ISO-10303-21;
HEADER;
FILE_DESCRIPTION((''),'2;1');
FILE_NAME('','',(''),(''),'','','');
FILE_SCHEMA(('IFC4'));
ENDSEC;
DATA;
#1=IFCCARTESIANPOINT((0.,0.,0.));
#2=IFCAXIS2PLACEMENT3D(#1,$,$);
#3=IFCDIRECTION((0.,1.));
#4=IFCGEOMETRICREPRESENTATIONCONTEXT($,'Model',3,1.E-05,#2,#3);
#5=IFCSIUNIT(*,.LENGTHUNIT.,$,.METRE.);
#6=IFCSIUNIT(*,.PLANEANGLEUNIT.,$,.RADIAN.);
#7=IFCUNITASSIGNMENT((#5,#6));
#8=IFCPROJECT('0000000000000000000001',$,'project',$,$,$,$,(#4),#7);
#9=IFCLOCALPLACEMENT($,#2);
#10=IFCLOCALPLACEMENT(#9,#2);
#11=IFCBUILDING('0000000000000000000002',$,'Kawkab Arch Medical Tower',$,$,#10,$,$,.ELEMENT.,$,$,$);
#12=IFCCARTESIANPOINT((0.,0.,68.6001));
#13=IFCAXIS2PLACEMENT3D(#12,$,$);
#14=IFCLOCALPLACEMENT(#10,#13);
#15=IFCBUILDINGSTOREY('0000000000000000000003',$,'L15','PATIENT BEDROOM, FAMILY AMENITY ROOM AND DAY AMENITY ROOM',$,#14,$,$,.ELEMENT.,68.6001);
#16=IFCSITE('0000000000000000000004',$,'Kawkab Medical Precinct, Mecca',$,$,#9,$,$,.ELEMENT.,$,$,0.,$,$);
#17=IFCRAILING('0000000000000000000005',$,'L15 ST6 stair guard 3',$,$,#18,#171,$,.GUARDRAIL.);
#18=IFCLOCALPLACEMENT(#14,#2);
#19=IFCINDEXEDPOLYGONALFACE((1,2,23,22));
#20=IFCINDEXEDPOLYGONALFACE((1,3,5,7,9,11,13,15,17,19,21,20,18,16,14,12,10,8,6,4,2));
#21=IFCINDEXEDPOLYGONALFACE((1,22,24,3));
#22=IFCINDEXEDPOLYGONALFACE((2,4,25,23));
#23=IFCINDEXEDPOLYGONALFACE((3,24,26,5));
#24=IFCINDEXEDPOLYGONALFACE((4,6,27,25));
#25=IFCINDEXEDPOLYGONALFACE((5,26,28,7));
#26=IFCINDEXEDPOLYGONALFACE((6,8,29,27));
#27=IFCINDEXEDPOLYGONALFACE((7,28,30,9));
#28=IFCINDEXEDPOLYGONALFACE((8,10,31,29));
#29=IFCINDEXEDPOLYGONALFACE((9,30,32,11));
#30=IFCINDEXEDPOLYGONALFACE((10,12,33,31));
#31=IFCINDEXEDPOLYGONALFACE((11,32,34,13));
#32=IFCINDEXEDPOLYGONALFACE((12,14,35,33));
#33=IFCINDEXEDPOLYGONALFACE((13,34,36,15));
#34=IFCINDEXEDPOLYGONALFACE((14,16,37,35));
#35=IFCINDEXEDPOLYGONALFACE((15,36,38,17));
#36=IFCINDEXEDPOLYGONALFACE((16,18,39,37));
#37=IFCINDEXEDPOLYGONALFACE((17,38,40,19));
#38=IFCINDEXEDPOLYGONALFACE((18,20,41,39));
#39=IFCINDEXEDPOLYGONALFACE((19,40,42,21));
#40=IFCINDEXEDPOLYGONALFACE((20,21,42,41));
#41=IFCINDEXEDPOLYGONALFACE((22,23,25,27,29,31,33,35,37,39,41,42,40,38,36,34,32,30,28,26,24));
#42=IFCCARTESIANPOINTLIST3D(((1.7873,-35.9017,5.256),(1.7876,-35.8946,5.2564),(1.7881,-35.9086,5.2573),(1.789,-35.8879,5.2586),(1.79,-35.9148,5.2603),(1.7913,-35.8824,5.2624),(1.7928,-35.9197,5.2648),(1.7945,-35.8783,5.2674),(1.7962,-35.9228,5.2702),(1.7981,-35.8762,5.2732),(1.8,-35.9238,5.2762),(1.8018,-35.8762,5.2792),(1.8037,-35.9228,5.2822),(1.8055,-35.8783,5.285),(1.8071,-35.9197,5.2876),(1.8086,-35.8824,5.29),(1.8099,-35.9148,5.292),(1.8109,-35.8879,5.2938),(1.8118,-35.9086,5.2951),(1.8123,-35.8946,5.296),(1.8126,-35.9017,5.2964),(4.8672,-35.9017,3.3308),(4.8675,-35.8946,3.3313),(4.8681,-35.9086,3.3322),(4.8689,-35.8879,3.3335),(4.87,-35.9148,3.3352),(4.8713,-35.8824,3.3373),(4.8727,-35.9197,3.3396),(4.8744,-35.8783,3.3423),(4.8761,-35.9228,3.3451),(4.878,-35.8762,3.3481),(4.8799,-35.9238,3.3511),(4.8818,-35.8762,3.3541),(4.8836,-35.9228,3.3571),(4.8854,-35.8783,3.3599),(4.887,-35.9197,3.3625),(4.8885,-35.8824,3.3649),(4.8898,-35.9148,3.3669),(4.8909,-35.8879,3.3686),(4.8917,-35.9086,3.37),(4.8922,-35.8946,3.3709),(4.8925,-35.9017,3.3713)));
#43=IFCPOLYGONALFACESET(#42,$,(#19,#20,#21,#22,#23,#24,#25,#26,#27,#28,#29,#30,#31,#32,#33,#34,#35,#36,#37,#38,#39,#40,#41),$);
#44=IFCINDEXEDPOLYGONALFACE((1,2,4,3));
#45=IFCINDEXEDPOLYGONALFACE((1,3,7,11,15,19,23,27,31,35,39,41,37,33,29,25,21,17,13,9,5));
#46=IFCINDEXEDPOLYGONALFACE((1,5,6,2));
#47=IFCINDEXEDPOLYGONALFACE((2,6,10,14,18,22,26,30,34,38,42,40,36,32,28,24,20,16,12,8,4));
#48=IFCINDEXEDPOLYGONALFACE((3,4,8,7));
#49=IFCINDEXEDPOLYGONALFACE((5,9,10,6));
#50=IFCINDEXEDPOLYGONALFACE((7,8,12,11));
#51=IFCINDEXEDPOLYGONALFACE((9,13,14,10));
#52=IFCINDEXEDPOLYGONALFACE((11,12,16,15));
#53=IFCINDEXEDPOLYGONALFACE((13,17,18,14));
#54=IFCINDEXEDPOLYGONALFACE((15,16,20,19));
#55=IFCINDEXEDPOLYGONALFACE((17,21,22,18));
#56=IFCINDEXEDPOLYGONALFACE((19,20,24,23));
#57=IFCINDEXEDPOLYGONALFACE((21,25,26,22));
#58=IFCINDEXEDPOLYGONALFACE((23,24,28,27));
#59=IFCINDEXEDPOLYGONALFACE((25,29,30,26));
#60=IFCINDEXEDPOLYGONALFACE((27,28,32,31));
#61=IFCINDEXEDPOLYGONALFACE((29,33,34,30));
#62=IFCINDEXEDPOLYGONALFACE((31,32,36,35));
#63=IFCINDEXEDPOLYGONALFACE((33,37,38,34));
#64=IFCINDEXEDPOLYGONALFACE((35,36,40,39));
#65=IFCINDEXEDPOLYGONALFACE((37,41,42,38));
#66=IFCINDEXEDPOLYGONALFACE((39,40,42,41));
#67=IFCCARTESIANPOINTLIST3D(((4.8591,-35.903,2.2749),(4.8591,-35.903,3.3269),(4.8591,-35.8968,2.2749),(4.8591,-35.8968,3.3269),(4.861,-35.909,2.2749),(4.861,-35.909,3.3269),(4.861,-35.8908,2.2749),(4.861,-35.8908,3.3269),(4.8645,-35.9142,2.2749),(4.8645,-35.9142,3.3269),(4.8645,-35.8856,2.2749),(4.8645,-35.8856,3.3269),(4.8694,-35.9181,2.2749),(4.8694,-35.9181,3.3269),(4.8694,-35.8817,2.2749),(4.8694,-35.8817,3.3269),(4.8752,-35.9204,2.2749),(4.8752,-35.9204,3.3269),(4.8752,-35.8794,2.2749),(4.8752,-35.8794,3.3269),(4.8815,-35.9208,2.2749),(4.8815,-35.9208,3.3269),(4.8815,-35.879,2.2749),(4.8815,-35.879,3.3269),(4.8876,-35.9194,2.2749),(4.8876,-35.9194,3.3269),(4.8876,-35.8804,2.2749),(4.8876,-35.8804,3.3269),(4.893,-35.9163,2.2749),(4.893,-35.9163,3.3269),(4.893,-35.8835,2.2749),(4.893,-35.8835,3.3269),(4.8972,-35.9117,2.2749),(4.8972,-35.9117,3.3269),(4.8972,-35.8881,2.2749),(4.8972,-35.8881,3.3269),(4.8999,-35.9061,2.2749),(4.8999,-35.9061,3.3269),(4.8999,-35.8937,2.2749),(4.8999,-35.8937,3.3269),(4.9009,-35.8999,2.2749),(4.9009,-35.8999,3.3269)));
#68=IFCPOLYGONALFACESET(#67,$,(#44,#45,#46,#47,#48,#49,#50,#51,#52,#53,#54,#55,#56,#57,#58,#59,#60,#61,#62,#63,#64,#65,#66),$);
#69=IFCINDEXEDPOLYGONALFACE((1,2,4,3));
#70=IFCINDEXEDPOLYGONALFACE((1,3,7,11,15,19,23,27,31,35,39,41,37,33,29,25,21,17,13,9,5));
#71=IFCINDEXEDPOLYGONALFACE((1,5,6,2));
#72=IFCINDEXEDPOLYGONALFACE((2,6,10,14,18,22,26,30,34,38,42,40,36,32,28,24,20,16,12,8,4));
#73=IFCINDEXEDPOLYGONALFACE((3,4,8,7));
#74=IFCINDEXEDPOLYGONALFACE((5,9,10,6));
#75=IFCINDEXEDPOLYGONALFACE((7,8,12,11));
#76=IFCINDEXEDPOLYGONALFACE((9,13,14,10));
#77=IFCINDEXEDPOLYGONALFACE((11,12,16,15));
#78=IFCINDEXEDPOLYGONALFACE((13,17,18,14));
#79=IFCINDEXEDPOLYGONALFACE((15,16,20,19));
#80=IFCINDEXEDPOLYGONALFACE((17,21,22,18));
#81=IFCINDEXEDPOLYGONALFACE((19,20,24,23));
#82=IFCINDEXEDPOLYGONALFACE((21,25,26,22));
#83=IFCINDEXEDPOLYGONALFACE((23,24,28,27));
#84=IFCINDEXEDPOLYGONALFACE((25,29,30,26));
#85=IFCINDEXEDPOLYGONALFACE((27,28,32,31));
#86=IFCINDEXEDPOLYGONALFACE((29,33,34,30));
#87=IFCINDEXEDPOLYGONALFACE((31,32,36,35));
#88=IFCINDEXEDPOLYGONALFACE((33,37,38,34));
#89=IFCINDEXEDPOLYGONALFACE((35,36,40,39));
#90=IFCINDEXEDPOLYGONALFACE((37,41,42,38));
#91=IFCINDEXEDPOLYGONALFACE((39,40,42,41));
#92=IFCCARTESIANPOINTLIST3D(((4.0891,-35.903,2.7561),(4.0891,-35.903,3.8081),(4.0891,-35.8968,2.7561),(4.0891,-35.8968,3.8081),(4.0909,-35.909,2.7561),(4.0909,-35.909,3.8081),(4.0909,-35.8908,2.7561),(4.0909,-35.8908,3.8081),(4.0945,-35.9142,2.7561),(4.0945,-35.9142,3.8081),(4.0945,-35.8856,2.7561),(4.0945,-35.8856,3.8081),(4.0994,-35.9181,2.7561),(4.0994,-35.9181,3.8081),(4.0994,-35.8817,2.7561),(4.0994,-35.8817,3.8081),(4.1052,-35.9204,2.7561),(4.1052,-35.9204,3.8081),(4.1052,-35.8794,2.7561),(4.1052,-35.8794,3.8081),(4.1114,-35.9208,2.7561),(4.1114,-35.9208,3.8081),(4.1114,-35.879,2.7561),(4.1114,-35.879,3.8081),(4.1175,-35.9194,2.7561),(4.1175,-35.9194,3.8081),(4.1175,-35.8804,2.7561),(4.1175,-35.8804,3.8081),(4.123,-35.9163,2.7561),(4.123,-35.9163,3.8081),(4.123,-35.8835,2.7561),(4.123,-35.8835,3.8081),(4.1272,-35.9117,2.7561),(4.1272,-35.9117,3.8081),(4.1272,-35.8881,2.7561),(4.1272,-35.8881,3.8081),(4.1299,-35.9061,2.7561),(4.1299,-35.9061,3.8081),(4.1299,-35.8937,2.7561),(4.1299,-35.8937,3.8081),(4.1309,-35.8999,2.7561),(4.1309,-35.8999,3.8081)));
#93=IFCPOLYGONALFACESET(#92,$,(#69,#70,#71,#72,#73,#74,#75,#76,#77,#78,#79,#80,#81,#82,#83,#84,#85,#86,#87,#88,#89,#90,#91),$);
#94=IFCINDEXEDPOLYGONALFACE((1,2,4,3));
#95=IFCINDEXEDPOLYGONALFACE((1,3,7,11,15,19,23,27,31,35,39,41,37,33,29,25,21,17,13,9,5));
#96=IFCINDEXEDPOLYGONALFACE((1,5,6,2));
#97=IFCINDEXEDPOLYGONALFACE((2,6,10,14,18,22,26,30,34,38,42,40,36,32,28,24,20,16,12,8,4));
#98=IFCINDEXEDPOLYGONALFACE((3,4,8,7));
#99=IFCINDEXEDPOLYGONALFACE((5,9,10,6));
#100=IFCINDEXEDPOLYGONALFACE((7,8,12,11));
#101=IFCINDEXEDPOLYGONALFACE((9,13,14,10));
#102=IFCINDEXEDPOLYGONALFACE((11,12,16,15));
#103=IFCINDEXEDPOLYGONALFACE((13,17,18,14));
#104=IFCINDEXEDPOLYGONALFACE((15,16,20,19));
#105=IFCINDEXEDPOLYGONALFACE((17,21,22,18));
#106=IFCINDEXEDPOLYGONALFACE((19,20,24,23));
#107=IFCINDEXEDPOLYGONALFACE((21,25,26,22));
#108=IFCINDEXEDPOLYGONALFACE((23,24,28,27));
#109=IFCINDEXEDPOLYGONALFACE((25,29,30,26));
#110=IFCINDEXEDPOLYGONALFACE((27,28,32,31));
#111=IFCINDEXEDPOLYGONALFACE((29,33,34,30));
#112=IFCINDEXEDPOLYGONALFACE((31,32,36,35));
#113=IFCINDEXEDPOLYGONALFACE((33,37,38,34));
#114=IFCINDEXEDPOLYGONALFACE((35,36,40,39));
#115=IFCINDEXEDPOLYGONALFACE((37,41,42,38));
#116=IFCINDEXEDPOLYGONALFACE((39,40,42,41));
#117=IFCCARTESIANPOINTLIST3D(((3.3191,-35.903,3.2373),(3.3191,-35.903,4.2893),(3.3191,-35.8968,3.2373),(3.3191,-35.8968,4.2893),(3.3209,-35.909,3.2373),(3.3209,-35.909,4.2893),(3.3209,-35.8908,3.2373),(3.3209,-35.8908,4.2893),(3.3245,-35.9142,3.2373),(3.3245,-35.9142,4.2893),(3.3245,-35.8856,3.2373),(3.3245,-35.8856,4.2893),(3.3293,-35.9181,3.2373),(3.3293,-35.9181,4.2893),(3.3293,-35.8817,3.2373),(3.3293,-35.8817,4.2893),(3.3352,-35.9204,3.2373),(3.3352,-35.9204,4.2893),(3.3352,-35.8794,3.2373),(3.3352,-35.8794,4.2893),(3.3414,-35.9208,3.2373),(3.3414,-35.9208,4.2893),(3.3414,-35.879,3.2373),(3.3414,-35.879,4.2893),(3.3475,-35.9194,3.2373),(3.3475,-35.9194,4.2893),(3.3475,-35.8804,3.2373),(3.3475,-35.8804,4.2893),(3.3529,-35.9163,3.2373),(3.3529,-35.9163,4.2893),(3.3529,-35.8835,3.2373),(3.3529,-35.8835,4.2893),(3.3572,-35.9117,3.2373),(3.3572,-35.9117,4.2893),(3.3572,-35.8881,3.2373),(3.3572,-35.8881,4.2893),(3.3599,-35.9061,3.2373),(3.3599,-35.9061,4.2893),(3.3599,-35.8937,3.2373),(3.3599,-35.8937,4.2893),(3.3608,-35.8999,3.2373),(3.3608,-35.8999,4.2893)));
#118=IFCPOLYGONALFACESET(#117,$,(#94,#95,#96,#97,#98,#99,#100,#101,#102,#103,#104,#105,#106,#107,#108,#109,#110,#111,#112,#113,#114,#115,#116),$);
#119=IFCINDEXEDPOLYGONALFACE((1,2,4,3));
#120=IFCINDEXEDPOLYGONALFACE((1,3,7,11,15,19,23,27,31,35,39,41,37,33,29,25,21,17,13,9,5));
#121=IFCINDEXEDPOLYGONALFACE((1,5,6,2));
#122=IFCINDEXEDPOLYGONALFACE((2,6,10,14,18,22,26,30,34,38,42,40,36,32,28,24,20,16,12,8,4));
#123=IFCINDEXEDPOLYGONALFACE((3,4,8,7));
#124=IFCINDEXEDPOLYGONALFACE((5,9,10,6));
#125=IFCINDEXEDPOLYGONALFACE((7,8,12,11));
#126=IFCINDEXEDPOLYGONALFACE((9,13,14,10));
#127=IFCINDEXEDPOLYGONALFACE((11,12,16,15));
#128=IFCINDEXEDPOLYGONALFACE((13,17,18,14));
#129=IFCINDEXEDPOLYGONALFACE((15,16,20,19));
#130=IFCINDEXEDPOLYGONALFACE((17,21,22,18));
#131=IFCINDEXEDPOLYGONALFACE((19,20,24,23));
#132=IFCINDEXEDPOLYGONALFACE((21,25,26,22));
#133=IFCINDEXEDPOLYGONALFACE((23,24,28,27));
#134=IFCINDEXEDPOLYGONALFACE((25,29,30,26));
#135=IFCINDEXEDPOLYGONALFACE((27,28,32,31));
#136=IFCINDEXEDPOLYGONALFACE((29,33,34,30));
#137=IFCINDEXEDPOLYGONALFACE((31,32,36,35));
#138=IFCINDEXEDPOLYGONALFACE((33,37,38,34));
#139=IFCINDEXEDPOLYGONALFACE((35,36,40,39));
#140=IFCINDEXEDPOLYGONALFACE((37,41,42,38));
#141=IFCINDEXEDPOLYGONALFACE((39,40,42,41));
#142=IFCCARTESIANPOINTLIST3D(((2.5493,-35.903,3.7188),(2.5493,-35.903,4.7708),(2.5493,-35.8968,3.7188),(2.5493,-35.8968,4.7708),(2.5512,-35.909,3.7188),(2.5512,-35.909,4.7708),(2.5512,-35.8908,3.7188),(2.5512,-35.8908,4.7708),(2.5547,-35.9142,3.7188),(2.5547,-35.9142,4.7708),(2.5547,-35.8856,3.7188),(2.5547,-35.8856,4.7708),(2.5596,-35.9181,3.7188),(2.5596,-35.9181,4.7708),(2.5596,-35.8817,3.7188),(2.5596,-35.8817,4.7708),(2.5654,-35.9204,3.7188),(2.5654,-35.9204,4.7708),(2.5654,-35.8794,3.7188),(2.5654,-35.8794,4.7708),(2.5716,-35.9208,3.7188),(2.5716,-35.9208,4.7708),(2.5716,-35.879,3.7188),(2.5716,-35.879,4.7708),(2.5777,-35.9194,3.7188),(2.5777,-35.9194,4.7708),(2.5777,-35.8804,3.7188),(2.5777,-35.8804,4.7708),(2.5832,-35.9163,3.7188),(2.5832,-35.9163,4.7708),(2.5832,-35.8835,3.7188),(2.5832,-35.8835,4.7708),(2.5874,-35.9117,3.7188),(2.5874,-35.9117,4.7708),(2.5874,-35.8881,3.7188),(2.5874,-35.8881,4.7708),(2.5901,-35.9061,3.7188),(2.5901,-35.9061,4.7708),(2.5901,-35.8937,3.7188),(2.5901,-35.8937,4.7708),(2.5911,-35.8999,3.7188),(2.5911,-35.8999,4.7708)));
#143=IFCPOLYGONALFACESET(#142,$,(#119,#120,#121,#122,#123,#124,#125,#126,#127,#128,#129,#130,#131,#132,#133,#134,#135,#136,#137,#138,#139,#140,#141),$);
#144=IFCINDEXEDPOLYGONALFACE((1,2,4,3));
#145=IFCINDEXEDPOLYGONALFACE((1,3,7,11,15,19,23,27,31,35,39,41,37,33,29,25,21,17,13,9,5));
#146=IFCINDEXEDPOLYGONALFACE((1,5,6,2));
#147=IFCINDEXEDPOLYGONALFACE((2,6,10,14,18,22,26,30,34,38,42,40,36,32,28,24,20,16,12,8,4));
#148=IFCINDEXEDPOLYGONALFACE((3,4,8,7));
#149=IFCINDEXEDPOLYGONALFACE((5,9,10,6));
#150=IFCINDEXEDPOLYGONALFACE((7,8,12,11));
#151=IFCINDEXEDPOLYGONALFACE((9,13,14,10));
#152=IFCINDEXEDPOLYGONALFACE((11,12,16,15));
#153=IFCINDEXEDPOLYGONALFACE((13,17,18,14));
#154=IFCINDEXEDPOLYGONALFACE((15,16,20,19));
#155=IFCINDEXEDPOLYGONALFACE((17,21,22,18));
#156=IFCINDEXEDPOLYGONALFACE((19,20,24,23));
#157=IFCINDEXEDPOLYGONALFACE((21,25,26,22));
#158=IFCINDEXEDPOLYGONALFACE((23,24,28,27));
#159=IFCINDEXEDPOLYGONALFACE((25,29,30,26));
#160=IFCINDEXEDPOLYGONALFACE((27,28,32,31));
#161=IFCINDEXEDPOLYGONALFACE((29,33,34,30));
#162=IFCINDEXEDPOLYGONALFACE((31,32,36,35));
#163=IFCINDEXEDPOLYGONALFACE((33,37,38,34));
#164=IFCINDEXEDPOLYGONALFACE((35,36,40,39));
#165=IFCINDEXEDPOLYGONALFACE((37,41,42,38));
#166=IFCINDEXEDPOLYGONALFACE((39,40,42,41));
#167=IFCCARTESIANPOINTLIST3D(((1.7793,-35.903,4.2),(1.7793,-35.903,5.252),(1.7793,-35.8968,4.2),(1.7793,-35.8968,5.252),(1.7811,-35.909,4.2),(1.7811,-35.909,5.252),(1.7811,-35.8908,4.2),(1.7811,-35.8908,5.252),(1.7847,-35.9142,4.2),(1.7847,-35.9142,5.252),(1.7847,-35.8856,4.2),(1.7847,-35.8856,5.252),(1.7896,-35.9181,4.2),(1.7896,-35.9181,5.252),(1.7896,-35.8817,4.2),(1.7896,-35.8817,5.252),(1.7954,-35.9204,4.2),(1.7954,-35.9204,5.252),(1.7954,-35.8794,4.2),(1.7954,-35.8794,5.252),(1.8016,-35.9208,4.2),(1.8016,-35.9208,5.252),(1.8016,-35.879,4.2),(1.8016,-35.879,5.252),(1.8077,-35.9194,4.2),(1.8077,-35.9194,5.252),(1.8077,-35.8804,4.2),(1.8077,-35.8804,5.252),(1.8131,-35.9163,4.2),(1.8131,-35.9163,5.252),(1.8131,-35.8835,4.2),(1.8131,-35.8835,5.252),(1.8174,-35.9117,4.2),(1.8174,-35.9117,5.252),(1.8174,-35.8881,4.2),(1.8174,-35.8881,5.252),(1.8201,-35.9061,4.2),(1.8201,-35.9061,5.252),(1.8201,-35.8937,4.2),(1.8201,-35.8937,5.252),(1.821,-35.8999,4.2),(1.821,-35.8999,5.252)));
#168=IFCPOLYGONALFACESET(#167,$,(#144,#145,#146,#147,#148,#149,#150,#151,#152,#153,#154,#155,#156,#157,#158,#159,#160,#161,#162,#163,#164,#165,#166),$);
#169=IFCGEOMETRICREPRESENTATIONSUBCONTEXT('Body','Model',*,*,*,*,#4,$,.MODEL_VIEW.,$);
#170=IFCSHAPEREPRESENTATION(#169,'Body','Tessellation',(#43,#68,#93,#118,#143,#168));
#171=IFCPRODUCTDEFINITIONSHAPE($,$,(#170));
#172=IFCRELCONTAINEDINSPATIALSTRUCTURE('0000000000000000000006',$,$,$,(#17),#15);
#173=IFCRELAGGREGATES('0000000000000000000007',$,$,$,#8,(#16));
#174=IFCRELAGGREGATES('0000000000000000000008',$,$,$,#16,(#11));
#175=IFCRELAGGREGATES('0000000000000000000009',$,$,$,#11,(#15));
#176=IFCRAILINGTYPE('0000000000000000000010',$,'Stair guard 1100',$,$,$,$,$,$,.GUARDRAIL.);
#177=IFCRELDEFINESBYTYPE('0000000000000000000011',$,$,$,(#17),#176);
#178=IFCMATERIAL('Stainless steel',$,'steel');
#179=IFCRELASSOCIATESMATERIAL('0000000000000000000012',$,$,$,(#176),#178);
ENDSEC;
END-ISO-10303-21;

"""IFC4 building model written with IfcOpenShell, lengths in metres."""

from ifc_helpers import new_model, si_unit, direction, frame, origin, origin_2d, place, context, subcontext, project, spatial, circle, extrude, material, type_object, element, save


model = new_model("IFC4")

# Units and contexts
model_context = context("Model", 3, precision=1e-05, world=origin(), true_north=direction((0.0, 1.0)))
body_context = subcontext(model_context, "Body", "Model", "MODEL_VIEW")
ifc_project = project(units=[si_unit("LENGTHUNIT", "METRE"), si_unit("PLANEANGLEUNIT", "RADIAN")], contexts=[model_context])

# Site, building, storey
site_placement = place(None, origin())
site = spatial("IfcSite", under=ifc_project, at=site_placement, Name="Kawkab Medical Precinct, Mecca", CompositionType="ELEMENT", RefElevation=0.0)
building_placement = place(site_placement, origin())
building = spatial("IfcBuilding", under=site, at=building_placement, Name="Kawkab Arch Medical Tower", CompositionType="ELEMENT")
storey_placement = place(building_placement, frame((0.0, 0.0, 68.6001)))
storey = spatial("IfcBuildingStorey", under=building, at=storey_placement, Name="L15", Description="PATIENT BEDROOM, FAMILY AMENITY ROOM AND DAY AMENITY ROOM", CompositionType="ELEMENT", Elevation=68.6001)

# Railing
ifc_material_1 = material(Name="Stainless steel", Category="steel")
railing_type = type_object("IfcRailingType", Name="Stair guard 1100", PredefinedType="GUARDRAIL", material=ifc_material_1)
railing_1_placement = place(storey_placement, frame((4.8799, -35.8999, 2.2749)))
element("IfcRailing", 1, at=railing_1_placement, inside=storey, type_object=railing_type, Name="L15 ST6 stair guard 3", PredefinedType="GUARDRAIL", context=body_context, shape_type="SweptSolid", body=[
    extrude(circle(Radius=0.0239, at=origin_2d()), frame((0.0, 0.0, 1.0762), z_axis=(-0.847979, 0.0, 0.530029), x_axis=(0.0, -1.0, 0.0)), (0.0, 0.0, 1.0), 3.6321),
    extrude(circle(Radius=0.021, at=origin_2d()), origin(), (0.0, 0.0, 1.0), 1.052),
    extrude(circle(Radius=0.021, at=origin_2d()), frame((-0.77, 0.0, 0.4812)), (0.0, 0.0, 1.0), 1.052),
    extrude(circle(Radius=0.021, at=origin_2d()), frame((-1.54, 0.0, 0.9624)), (0.0, 0.0, 1.0), 1.052),
    extrude(circle(Radius=0.021, at=origin_2d()), frame((-2.3098, 0.0, 1.4438)), (0.0, 0.0, 1.0), 1.052),
    extrude(circle(Radius=0.021, at=origin_2d()), frame((-3.0798, 0.0, 1.925)), (0.0, 0.0, 1.0), 1.052),
])

save(model, "model.ifc")
